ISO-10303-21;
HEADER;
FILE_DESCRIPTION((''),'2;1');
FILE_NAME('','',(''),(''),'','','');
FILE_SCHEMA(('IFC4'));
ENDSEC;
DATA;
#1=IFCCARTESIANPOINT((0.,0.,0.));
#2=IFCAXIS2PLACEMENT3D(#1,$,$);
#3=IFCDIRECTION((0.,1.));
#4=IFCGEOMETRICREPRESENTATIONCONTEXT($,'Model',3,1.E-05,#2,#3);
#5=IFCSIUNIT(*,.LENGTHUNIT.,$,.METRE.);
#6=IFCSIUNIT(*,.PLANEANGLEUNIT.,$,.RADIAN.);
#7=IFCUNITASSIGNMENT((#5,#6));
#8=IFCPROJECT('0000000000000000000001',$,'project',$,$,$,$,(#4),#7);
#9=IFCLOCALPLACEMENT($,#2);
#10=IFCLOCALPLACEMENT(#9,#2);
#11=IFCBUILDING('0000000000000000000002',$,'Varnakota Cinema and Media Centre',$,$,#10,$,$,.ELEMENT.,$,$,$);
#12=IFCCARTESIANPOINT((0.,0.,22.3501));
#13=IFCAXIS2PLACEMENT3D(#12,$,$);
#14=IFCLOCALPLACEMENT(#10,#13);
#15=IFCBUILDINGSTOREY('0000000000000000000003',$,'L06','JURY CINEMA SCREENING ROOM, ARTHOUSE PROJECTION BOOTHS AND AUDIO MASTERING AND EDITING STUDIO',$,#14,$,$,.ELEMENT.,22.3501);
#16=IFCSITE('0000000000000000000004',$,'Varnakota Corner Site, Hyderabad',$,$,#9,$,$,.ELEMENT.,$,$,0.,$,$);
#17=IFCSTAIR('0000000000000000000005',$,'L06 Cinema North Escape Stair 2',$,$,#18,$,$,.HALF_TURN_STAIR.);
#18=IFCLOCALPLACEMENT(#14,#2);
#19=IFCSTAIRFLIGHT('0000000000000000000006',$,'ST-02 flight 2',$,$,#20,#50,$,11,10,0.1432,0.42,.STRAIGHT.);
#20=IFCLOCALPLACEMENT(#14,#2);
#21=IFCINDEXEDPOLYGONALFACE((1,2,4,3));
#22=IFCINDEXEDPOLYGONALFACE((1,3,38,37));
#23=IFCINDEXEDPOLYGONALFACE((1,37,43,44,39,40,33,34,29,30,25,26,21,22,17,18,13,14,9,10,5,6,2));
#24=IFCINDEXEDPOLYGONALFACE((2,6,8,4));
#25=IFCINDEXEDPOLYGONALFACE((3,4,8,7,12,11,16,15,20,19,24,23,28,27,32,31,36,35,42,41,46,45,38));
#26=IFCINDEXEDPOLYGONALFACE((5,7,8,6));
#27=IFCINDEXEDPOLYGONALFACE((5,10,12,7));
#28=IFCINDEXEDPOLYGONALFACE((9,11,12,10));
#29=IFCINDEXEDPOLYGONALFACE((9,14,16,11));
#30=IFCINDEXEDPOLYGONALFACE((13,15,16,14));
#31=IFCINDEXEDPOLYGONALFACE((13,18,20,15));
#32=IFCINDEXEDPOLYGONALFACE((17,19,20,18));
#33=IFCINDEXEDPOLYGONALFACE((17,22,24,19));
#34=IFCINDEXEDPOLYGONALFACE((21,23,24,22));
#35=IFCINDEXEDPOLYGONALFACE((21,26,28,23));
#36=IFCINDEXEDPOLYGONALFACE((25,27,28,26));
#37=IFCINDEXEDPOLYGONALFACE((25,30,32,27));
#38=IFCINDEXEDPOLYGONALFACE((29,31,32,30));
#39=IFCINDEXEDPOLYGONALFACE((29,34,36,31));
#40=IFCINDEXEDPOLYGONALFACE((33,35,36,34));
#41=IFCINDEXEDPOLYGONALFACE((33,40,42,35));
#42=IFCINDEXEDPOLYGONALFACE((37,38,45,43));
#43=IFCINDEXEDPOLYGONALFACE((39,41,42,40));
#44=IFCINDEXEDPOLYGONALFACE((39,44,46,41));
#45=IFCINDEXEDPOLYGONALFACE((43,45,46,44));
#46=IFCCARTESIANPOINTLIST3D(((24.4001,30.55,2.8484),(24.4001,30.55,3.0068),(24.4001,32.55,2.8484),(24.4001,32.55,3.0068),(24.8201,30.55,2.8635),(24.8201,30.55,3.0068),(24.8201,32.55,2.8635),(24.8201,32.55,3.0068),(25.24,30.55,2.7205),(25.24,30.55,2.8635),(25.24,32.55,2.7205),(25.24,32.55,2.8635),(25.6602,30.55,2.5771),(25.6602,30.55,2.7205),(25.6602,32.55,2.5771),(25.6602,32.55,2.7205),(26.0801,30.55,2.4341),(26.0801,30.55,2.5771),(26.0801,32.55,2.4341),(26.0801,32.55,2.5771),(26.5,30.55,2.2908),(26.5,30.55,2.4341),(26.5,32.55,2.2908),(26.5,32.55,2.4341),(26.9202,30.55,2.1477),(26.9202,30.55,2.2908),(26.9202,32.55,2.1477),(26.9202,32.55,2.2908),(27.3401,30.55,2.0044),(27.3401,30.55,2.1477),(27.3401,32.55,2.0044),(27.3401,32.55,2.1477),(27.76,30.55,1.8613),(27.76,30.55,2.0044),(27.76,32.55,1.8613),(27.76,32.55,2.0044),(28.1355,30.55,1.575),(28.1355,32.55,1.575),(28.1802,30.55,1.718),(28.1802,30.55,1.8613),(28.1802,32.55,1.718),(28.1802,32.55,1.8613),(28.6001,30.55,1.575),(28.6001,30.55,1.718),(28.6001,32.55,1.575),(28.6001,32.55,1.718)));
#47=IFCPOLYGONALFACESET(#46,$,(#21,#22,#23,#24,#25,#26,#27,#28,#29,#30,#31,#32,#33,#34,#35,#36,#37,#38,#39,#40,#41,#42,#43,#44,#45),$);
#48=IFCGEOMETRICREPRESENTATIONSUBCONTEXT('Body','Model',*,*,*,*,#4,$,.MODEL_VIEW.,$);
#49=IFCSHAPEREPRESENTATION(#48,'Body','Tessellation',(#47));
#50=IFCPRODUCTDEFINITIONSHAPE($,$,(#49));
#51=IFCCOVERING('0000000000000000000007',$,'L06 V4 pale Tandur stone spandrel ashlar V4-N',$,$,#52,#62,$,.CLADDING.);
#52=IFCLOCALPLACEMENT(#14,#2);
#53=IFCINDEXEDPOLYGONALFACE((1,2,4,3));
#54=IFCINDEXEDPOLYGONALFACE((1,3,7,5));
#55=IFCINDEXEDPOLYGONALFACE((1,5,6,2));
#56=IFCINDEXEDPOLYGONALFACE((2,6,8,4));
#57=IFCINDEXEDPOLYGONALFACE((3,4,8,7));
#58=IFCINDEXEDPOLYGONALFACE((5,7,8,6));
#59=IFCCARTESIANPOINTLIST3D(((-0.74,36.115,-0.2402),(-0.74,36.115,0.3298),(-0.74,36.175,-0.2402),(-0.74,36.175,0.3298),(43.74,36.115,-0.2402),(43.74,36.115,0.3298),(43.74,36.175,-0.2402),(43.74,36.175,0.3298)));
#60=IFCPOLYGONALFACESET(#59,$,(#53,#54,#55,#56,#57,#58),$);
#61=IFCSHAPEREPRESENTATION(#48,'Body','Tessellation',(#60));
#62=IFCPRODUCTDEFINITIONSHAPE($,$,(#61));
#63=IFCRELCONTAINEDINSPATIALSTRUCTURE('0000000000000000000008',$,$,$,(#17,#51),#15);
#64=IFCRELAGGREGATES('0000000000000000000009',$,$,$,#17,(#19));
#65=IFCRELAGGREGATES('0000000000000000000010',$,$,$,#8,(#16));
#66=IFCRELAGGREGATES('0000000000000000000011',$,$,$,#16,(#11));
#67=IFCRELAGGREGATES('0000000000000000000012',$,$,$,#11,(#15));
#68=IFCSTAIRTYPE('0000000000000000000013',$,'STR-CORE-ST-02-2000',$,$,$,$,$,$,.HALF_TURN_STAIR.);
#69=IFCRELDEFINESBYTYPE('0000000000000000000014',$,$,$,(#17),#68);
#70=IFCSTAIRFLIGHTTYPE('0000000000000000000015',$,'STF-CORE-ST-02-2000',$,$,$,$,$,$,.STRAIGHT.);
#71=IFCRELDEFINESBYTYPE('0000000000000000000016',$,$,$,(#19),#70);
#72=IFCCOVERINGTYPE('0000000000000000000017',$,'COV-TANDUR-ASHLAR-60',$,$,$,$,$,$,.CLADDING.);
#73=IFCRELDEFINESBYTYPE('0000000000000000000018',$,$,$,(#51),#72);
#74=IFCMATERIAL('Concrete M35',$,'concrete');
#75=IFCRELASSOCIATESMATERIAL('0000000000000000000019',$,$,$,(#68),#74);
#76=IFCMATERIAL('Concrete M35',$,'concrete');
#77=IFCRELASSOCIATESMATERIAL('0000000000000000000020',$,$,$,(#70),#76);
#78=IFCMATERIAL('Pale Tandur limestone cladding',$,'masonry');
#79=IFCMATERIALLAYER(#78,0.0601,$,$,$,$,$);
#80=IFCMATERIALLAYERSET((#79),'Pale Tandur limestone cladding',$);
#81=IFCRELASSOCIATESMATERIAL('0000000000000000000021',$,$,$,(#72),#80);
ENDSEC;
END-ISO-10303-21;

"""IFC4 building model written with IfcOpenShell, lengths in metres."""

from ifc_helpers import new_model, si_unit, direction, frame, origin, origin_2d, place, context, subcontext, project, spatial, polyline, rectangle, outline, extrude, material, layer, layer_set, type_object, element, aggregate, save


model = new_model("IFC4")

# Units and contexts
model_context = context("Model", 3, precision=1e-05, world=origin(), true_north=direction((0.0, 1.0)))
body_context = subcontext(model_context, "Body", "Model", "MODEL_VIEW")
ifc_project = project(units=[si_unit("LENGTHUNIT", "METRE"), si_unit("PLANEANGLEUNIT", "RADIAN")], contexts=[model_context])

# Site, building, storey
site_placement = place(None, origin())
site = spatial("IfcSite", under=ifc_project, at=site_placement, Name="Varnakota Corner Site, Hyderabad", CompositionType="ELEMENT", RefElevation=0.0)
building_placement = place(site_placement, origin())
building = spatial("IfcBuilding", under=site, at=building_placement, Name="Varnakota Cinema and Media Centre", CompositionType="ELEMENT")
storey_placement = place(building_placement, frame((0.0, 0.0, 22.3501)))
storey = spatial("IfcBuildingStorey", under=building, at=storey_placement, Name="L06", Description="JURY CINEMA SCREENING ROOM, ARTHOUSE PROJECTION BOOTHS AND AUDIO MASTERING AND EDITING STUDIO", CompositionType="ELEMENT", Elevation=22.3501)

# Stair, stair flight
ifc_material_1 = material(Name="Concrete M35", Category="concrete")
stair_type = type_object("IfcStairType", Name="STR-CORE-ST-02-2000", PredefinedType="HALF_TURN_STAIR", material=ifc_material_1)
stair_placement = place(storey_placement, origin())
stair = element("IfcStair", 1, at=stair_placement, inside=storey, type_object=stair_type, Name="L06 Cinema North Escape Stair 2", PredefinedType="HALF_TURN_STAIR")
ifc_material_2 = material(Name="Concrete M35", Category="concrete")
stair_flight_type = type_object("IfcStairFlightType", Name="STF-CORE-ST-02-2000", PredefinedType="STRAIGHT", material=ifc_material_2)
stair_flight_1_placement = place(storey_placement, frame((28.6001, 31.55, 1.575), z_axis=(0.0, 0.0, 1.0), x_axis=(-1.0, 0.0, 0.0)))
stair_flight_1 = element("IfcStairFlight", 2, at=stair_flight_1_placement, type_object=stair_flight_type, Name="ST-02 flight 2", NumberOfRisers=11, NumberOfTreads=10, PredefinedType="STRAIGHT", RiserHeight=0.1432, TreadLength=0.42, context=body_context, shape_type="SweptSolid", body=[
    extrude(outline(polyline([(0.0, 0.0), (0.0, 0.1431), (0.4199, 0.1431), (0.4199, 0.2864), (0.8401, 0.2864), (0.8401, 0.4294), (1.26, 0.4294), (1.26, 0.5728), (1.6799, 0.5728), (1.6799, 0.7158), (2.1001, 0.7158), (2.1001, 0.8591), (2.52, 0.8591), (2.52, 1.0022), (2.9399, 1.0022), (2.9399, 1.1455), (3.3601, 1.1455), (3.3601, 1.2886), (3.78, 1.2886), (3.78, 1.4319), (4.2, 1.4319), (4.2, 1.575), (4.2, 1.2734), (0.4646, 0.0), (0.0, 0.0)])), frame((0.0, 1.0, 0.0), z_axis=(0.0, -1.0, 0.0), x_axis=(1.0, 0.0, 0.0)), (0.0, 0.0, 1.0), 2.0),
])
aggregate(stair, [stair_flight_1])

# Covering
ifc_material_3 = material(Name="Pale Tandur limestone cladding", Category="masonry")
ifc_layer_1 = layer(ifc_material_3, 0.0601)
ifc_layer_set_1 = layer_set([ifc_layer_1], Name="Pale Tandur limestone cladding")
covering_type = type_object("IfcCoveringType", Name="COV-TANDUR-ASHLAR-60", PredefinedType="CLADDING", material=ifc_layer_set_1)
covering_placement = place(storey_placement, frame((21.5, 36.145, -0.2402), z_axis=(0.0, 0.0, 1.0), x_axis=(1.0, 0.0, 0.0)))
element("IfcCovering", 3, at=covering_placement, inside=storey, type_object=covering_type, Name="L06 V4 pale Tandur stone spandrel ashlar V4-N", PredefinedType="CLADDING", context=body_context, shape_type="SweptSolid", body=[
    extrude(rectangle(XDim=44.48, YDim=0.0601, at=origin_2d()), origin(), (0.0, 0.0, 1.0), 0.5701),
])

save(model, "model.ifc")
